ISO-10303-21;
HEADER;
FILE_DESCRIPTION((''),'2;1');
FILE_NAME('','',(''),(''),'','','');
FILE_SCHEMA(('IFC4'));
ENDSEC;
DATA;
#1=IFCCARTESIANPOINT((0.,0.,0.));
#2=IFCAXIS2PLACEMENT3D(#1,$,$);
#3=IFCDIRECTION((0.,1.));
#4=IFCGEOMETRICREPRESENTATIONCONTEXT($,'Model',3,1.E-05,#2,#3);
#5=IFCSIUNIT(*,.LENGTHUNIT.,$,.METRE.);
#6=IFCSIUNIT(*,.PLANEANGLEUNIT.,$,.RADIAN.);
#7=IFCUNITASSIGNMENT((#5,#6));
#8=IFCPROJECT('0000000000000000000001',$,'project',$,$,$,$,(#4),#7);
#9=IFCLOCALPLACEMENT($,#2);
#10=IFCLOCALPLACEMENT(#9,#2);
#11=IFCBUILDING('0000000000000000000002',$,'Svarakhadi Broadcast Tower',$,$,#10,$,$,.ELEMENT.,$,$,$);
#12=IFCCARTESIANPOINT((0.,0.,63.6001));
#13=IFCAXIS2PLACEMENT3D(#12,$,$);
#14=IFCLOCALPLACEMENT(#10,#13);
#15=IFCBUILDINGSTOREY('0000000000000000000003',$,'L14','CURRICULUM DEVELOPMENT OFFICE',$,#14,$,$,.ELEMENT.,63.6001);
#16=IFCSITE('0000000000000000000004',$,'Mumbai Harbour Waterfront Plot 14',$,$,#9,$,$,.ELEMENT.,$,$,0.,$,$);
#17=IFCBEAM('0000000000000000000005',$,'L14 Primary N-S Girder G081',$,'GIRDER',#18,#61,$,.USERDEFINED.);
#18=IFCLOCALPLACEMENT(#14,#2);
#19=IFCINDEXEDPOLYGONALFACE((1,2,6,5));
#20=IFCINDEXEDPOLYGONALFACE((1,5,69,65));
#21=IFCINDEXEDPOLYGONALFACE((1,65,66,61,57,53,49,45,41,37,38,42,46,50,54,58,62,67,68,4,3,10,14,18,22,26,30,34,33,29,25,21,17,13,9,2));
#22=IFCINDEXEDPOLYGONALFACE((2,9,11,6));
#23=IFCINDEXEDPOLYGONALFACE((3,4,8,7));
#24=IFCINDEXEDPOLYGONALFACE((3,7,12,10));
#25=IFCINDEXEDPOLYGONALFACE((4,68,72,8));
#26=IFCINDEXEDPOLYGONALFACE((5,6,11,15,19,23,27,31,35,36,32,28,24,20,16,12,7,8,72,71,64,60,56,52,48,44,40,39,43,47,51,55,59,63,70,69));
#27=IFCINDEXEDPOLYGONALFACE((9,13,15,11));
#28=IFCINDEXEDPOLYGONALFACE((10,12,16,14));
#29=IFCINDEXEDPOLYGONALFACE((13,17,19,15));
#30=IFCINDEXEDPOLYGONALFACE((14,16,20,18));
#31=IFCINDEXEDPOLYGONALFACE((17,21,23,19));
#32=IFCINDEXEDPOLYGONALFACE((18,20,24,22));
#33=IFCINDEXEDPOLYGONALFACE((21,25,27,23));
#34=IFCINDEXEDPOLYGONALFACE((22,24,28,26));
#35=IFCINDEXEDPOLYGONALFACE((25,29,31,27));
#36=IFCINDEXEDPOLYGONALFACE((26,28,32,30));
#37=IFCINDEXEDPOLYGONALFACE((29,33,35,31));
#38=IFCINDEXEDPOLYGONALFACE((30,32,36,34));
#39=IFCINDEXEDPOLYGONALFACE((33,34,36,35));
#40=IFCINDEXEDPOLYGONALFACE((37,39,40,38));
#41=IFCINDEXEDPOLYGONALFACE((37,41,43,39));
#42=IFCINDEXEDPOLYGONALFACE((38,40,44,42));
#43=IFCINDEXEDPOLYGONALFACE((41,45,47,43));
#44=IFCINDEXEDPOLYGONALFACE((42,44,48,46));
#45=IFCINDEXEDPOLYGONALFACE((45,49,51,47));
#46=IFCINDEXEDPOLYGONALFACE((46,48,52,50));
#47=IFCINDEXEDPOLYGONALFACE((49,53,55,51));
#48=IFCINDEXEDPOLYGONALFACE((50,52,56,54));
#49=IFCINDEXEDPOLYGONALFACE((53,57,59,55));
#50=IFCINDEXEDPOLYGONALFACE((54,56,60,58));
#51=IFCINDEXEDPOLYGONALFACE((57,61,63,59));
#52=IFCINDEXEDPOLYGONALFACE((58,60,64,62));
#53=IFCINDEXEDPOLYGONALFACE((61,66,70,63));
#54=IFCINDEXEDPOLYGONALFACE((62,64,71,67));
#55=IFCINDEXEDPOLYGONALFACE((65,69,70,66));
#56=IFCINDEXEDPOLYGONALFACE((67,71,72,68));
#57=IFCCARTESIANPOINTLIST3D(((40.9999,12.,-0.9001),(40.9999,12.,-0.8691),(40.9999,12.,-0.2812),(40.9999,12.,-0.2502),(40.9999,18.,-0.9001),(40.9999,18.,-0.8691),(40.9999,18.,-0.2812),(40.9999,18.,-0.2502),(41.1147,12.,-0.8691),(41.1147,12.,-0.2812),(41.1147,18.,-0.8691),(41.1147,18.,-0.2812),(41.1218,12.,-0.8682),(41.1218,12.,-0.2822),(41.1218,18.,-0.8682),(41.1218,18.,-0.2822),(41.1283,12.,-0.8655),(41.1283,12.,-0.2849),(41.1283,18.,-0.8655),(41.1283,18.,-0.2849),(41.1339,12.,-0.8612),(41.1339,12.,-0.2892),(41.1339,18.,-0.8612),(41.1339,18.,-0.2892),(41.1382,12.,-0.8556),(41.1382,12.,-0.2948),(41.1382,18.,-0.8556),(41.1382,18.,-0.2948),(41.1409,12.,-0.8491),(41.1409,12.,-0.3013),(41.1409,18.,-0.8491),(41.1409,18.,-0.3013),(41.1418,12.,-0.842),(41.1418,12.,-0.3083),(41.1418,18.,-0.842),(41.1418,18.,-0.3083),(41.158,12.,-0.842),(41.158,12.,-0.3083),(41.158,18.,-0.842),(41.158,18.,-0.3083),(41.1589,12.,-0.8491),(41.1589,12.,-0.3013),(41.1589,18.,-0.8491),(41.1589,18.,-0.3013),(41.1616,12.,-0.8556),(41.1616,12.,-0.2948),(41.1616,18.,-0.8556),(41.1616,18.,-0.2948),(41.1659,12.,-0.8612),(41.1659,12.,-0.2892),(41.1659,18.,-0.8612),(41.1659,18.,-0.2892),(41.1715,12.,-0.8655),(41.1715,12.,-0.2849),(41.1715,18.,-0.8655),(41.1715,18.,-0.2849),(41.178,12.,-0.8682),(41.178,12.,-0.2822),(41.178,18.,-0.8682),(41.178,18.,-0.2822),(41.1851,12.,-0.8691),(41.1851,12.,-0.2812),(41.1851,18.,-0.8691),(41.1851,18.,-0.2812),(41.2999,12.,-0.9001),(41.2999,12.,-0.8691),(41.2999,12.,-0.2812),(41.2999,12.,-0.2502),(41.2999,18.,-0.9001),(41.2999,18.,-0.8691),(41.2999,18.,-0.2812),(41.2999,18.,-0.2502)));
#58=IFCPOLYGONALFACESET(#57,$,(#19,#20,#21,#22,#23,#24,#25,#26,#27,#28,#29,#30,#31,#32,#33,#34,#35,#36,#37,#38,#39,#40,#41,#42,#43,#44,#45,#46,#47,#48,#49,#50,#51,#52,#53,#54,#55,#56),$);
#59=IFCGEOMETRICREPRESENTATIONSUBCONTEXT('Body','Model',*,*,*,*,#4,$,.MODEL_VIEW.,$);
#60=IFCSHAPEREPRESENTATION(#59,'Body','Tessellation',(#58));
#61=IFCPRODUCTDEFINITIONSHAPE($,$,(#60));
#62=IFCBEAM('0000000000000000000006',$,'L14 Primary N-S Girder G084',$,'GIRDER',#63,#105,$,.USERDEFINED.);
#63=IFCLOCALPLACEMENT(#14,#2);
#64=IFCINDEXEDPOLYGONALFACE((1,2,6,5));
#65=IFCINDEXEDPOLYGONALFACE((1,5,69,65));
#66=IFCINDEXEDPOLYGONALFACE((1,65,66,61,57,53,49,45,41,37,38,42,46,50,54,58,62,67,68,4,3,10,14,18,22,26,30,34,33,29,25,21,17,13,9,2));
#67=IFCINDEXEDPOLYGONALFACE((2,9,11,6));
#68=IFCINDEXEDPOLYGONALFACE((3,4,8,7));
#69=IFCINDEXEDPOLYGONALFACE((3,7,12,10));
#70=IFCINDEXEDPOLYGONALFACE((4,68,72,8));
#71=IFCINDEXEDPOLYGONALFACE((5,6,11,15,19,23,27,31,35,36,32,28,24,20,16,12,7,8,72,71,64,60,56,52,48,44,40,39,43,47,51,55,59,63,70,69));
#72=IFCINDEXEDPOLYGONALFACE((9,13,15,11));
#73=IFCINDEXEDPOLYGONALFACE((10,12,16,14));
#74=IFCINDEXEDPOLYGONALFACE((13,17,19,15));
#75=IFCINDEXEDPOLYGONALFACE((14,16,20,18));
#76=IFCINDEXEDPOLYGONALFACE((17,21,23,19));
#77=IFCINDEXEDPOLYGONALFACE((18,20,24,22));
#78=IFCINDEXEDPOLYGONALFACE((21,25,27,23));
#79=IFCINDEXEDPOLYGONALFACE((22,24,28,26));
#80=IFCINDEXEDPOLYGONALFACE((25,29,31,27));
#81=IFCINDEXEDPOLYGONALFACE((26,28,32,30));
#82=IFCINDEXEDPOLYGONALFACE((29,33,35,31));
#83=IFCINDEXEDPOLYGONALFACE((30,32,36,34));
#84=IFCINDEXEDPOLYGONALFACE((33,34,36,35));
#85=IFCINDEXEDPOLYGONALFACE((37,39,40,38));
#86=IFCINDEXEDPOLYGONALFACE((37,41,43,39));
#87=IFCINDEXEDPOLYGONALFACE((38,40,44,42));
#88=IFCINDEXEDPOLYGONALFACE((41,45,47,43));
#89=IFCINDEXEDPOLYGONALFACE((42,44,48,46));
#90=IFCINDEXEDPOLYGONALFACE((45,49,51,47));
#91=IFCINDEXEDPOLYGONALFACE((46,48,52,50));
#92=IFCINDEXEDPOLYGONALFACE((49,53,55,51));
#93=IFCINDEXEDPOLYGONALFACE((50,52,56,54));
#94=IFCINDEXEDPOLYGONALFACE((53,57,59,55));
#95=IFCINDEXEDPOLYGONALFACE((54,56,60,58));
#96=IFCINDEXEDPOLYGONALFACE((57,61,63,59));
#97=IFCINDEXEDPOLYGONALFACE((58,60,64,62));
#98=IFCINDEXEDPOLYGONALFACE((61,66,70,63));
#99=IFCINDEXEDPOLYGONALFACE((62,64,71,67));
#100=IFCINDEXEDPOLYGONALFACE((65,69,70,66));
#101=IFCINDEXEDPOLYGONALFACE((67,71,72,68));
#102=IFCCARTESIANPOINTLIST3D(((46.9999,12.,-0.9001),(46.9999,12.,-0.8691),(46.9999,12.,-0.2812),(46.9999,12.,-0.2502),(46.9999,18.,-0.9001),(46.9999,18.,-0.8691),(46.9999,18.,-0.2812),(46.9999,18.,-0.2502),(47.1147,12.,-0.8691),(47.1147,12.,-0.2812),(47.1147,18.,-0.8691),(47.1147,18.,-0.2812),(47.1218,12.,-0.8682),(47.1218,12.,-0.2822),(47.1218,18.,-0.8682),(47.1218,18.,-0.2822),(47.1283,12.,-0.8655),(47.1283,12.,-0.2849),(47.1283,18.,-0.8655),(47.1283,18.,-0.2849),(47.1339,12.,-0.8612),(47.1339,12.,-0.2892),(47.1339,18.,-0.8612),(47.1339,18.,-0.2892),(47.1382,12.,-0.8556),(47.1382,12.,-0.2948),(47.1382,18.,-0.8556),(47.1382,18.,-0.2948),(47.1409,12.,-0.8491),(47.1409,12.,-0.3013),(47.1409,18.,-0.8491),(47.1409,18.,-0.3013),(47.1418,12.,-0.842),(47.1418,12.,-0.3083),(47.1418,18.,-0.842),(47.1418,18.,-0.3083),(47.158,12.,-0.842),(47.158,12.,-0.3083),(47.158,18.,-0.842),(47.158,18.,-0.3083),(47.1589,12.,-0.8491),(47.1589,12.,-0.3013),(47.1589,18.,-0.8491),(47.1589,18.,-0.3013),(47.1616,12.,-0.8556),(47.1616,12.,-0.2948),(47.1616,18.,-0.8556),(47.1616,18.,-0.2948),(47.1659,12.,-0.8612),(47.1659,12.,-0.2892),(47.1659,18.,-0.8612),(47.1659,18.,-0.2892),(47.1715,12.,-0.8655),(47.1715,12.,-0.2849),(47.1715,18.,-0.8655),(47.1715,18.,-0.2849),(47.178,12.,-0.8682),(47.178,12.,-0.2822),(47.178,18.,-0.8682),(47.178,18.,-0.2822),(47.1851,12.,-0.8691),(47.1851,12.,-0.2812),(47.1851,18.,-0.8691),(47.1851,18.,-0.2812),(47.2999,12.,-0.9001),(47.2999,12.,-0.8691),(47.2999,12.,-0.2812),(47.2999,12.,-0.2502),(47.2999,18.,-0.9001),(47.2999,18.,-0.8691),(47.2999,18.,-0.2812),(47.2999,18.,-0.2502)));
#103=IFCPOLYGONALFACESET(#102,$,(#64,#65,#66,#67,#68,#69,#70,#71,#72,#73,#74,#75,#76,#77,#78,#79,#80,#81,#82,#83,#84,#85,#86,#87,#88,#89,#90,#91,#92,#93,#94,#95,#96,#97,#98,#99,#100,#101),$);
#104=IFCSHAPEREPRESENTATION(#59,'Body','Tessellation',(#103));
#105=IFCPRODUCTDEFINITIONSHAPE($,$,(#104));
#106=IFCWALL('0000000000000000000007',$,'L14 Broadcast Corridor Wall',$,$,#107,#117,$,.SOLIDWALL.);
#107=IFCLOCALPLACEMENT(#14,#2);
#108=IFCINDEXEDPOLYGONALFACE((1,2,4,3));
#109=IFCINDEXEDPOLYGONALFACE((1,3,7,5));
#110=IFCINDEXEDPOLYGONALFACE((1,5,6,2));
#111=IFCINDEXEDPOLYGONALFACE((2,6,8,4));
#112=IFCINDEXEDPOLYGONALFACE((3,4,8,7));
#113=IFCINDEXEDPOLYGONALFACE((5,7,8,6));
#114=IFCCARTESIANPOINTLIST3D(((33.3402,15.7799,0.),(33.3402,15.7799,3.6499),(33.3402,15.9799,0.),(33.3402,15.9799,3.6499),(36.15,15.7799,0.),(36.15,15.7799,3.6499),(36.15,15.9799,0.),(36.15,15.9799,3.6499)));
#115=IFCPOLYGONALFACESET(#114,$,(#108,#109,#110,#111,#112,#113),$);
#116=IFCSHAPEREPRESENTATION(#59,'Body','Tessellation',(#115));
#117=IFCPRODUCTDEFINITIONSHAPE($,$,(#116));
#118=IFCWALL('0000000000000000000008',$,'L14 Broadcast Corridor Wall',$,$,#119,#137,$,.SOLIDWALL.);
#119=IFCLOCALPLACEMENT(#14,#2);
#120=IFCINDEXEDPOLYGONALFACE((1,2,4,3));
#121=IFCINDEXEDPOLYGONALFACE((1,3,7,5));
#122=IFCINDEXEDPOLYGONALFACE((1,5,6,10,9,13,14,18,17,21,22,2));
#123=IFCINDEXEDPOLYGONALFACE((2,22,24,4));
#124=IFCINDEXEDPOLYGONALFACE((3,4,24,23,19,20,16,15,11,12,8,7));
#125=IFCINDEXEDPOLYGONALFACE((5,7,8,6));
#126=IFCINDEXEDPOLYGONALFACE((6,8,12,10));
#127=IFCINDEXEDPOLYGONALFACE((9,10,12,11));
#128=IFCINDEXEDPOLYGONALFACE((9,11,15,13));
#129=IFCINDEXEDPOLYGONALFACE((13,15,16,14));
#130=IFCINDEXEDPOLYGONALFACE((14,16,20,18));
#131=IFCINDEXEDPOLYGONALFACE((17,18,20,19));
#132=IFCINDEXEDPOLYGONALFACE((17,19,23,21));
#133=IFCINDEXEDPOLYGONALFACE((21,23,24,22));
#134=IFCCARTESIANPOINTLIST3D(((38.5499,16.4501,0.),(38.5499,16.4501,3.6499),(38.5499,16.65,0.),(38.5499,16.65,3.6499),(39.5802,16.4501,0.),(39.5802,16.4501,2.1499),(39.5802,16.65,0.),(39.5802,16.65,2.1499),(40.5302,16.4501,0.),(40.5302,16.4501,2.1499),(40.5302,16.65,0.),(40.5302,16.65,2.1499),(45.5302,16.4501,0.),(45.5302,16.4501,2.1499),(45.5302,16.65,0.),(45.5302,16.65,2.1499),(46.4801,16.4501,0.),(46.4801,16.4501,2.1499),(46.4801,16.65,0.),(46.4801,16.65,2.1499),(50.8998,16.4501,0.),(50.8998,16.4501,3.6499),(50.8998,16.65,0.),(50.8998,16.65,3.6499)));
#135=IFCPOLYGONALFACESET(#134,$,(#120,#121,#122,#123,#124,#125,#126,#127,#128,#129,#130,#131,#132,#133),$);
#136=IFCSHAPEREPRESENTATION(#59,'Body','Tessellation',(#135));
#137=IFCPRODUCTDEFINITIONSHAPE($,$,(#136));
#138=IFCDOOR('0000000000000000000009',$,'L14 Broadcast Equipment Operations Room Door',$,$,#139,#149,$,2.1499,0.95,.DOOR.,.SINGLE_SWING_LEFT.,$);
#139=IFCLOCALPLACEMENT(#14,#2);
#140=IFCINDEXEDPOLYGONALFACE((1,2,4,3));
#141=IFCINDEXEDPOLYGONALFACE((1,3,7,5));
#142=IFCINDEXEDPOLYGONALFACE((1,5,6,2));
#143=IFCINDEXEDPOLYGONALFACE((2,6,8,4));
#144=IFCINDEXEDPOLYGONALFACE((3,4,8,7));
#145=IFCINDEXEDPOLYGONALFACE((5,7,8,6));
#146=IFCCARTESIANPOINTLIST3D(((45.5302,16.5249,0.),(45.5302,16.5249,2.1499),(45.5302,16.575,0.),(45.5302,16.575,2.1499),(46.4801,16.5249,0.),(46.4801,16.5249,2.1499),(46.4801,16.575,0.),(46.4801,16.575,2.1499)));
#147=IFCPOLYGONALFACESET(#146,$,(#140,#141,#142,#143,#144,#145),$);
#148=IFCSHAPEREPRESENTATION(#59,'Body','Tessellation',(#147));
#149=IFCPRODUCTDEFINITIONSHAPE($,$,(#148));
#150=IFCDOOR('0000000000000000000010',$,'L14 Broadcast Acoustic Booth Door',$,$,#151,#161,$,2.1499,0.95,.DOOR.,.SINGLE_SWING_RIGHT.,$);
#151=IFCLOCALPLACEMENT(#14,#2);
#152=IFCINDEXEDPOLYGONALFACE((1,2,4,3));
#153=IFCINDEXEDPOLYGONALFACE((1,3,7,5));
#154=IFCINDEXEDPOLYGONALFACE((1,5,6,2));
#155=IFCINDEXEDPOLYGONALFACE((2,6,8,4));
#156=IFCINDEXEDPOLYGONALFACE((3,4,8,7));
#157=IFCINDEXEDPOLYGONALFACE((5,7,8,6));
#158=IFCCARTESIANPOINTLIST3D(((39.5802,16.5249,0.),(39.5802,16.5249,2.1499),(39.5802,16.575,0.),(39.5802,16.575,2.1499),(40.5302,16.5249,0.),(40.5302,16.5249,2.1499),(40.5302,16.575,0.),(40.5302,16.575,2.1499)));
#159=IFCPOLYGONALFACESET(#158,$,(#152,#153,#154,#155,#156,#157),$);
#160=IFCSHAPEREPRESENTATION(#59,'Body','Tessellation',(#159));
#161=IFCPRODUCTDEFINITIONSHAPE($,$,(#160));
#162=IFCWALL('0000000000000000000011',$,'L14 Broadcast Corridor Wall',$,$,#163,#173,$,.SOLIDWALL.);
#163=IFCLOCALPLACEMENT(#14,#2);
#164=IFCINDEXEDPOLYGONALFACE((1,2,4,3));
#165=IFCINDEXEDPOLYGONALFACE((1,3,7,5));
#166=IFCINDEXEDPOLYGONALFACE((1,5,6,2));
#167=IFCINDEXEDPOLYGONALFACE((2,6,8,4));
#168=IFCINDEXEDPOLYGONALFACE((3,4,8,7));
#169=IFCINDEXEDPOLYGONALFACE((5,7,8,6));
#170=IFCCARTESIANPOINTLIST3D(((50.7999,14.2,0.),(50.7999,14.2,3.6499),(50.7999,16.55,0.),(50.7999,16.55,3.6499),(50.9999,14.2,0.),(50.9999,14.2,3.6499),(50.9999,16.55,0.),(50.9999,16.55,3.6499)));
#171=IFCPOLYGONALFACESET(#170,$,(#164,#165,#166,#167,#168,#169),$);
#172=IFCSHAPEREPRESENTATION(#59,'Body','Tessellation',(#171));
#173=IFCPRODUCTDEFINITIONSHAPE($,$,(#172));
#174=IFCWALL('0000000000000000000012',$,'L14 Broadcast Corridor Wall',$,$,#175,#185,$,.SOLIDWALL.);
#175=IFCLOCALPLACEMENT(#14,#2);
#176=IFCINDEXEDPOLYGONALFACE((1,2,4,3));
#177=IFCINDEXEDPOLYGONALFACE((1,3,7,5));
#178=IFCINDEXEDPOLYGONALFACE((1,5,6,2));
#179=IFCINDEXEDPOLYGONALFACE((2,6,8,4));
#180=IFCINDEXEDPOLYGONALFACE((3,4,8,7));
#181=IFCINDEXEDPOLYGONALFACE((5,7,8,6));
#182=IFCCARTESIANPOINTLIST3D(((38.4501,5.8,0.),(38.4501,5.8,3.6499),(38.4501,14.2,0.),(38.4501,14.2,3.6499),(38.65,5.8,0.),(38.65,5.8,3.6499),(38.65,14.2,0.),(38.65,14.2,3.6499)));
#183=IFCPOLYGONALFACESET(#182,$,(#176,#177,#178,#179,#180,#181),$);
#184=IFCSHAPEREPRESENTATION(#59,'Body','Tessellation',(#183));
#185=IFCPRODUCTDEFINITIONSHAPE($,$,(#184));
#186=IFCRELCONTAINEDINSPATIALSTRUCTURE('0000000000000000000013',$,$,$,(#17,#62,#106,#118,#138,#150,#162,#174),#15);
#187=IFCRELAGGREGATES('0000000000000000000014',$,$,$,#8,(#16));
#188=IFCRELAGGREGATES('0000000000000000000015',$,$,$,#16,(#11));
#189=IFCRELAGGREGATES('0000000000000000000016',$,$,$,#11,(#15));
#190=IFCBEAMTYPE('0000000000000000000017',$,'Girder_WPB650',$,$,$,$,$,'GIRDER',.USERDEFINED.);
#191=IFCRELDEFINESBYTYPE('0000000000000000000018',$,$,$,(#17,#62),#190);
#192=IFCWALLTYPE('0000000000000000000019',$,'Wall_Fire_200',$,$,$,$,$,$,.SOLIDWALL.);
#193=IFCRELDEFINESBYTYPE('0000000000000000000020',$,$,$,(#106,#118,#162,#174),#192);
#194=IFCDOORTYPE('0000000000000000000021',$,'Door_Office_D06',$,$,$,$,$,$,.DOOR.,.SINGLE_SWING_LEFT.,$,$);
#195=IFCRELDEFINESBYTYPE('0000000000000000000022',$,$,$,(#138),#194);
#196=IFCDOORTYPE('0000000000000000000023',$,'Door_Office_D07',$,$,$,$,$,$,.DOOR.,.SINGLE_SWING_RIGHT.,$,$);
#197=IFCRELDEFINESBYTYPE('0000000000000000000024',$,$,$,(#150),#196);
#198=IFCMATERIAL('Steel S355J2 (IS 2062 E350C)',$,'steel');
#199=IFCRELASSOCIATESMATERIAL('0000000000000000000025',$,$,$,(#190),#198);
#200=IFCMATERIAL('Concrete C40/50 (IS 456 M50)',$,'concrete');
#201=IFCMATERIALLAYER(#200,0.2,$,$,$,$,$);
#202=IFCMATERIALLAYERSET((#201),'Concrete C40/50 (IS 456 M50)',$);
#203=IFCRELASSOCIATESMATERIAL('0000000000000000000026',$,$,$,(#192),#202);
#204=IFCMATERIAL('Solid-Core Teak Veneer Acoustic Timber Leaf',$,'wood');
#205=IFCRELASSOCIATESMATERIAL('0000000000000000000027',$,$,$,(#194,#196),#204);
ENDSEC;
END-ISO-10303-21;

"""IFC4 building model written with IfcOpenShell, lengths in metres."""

from ifc_helpers import new_model, si_unit, direction, frame, frame_2d, origin, origin_2d, place, context, subcontext, project, spatial, rectangle, i_section, extrude, material, layer, layer_set, material_profile, profile_set, type_object, element, fill, save


model = new_model("IFC4")

# Units and contexts
model_context = context("Model", 3, precision=1e-05, world=origin(), true_north=direction((0.0, 1.0)))
body_context = subcontext(model_context, "Body", "Model", "MODEL_VIEW")
ifc_project = project(units=[si_unit("LENGTHUNIT", "METRE"), si_unit("PLANEANGLEUNIT", "RADIAN")], contexts=[model_context])

# Site, building, storey
site_placement = place(None, origin())
site = spatial("IfcSite", under=ifc_project, at=site_placement, Name="Mumbai Harbour Waterfront Plot 14", CompositionType="ELEMENT", RefElevation=0.0)
building_placement = place(site_placement, origin())
building = spatial("IfcBuilding", under=site, at=building_placement, Name="Svarakhadi Broadcast Tower", CompositionType="ELEMENT")
storey_placement = place(building_placement, frame((0.0, 0.0, 63.6001)))
storey = spatial("IfcBuildingStorey", under=building, at=storey_placement, Name="L14", Description="CURRICULUM DEVELOPMENT OFFICE", CompositionType="ELEMENT", Elevation=63.6001)

# Beams
ifc_material_1 = material(Name="Steel S355J2 (IS 2062 E350C)", Category="steel")
ifc_material_profile_1 = material_profile(ifc_material_1, i_section(OverallWidth=0.3, OverallDepth=0.6499, WebThickness=0.0161, FlangeThickness=0.031, FilletRadius=0.0271, at=origin_2d()), Name="WPB 650x300x225")
ifc_profile_set_1 = profile_set([ifc_material_profile_1], Name="Steel S355J2 (IS 2062 E350C)")
beam_type_1 = type_object("IfcBeamType", Name="Girder_WPB650", ElementType="GIRDER", PredefinedType="USERDEFINED", material=ifc_profile_set_1)
for number, where, z_axis, x_axis, name in (
    (1, (41.1499, 12.0, -0.5752), (0.0, 1.0, 0.0), (-1.0, 0.0, 0.0), "L14 Primary N-S Girder G081"),
    (2, (47.1499, 12.0, -0.5752), (0.0, 1.0, 0.0), (-1.0, 0.0, 0.0), "L14 Primary N-S Girder G084"),
):
    element("IfcBeam", number, at=place(storey_placement, frame(where, z_axis=z_axis, x_axis=x_axis)), inside=storey, type_object=beam_type_1, Name=name, ObjectType="GIRDER", PredefinedType="USERDEFINED", context=body_context, shape_type="SweptSolid", body=[
        extrude(i_section(OverallWidth=0.3, OverallDepth=0.6499, WebThickness=0.0161, FlangeThickness=0.031, FilletRadius=0.0271, at=origin_2d()), origin(), (0.0, 0.0, 1.0), 6.0),
    ])

# Wall
ifc_material_2 = material(Name="Concrete C40/50 (IS 456 M50)", Category="concrete")
ifc_layer_1 = layer(ifc_material_2, 0.2)
ifc_layer_set_1 = layer_set([ifc_layer_1], Name="Concrete C40/50 (IS 456 M50)")
wall_type_1 = type_object("IfcWallType", Name="Wall_Fire_200", PredefinedType="SOLIDWALL", material=ifc_layer_set_1)
wall_1_placement = place(storey_placement, frame((36.1499, 15.8799, 0.0), z_axis=(0.0, 0.0, 1.0), x_axis=(-1.0, 0.0, 0.0)))
element("IfcWall", 3, at=wall_1_placement, inside=storey, type_object=wall_type_1, Name="L14 Broadcast Corridor Wall", PredefinedType="SOLIDWALL", context=body_context, shape_type="SweptSolid", body=[
    extrude(rectangle(XDim=2.8098, YDim=0.2, at=frame_2d((1.4048, 0.0))), origin(), (0.0, 0.0, 1.0), 3.6499),
])

# Wall, openings, doors
wall_2_placement = place(storey_placement, frame((38.55, 16.55, 0.0), z_axis=(0.0, 0.0, 1.0), x_axis=(1.0, 0.0, 0.0)))
wall_2 = element("IfcWall", 4, at=wall_2_placement, inside=storey, type_object=wall_type_1, Name="L14 Broadcast Corridor Wall", PredefinedType="SOLIDWALL", context=body_context, shape_type="SweptSolid", body=[
    extrude(rectangle(XDim=12.3499, YDim=0.2, at=frame_2d((6.1748, 0.0))), origin(), (0.0, 0.0, 1.0), 3.6499),
])
opening_1_placement = place(wall_2_placement, frame((1.03, 0.0, 0.0)))
opening_1 = element("IfcOpeningElement", 5, at=opening_1_placement, cuts=wall_2, PredefinedType="OPENING", context=body_context, shape_type="SweptSolid", body=[
    extrude(rectangle(XDim=0.95, YDim=2.1499, at=frame_2d((0.4751, 1.075))), frame((0.0, 0.1099, 0.0), z_axis=(0.0, -1.0, 0.0), x_axis=(1.0, 0.0, 0.0)), (0.0, 0.0, 1.0), 0.22),
])
opening_2_placement = place(wall_2_placement, frame((6.98, 0.0, 0.0)))
opening_2 = element("IfcOpeningElement", 6, at=opening_2_placement, cuts=wall_2, PredefinedType="OPENING", context=body_context, shape_type="SweptSolid", body=[
    extrude(rectangle(XDim=0.95, YDim=2.1499, at=frame_2d((0.4751, 1.075))), frame((0.0, 0.1099, 0.0), z_axis=(0.0, -1.0, 0.0), x_axis=(1.0, 0.0, 0.0)), (0.0, 0.0, 1.0), 0.22),
])
ifc_material_3 = material(Name="Solid-Core Teak Veneer Acoustic Timber Leaf", Category="wood")
door_type_1 = type_object("IfcDoorType", Name="Door_Office_D06", OperationType="SINGLE_SWING_LEFT", PredefinedType="DOOR", material=ifc_material_3)
door_1_placement = place(opening_2_placement, origin())
door_1 = element("IfcDoor", 7, at=door_1_placement, inside=storey, type_object=door_type_1, Name="L14 Broadcast Equipment Operations Room Door", OperationType="SINGLE_SWING_LEFT", OverallHeight=2.1499, OverallWidth=0.95, PredefinedType="DOOR", context=body_context, shape_type="SweptSolid", body=[
    extrude(rectangle(XDim=0.95, YDim=2.1499, at=frame_2d((0.4751, 1.075))), frame((0.0, 0.0249, 0.0), z_axis=(0.0, -1.0, 0.0), x_axis=(1.0, 0.0, 0.0)), (0.0, 0.0, 1.0), 0.05),
])
fill(opening_2, door_1)
door_type_2 = type_object("IfcDoorType", Name="Door_Office_D07", OperationType="SINGLE_SWING_RIGHT", PredefinedType="DOOR", material=ifc_material_3)
door_2_placement = place(opening_1_placement, origin())
door_2 = element("IfcDoor", 8, at=door_2_placement, inside=storey, type_object=door_type_2, Name="L14 Broadcast Acoustic Booth Door", OperationType="SINGLE_SWING_RIGHT", OverallHeight=2.1499, OverallWidth=0.95, PredefinedType="DOOR", context=body_context, shape_type="SweptSolid", body=[
    extrude(rectangle(XDim=0.95, YDim=2.1499, at=frame_2d((0.4751, 1.075))), frame((0.0, 0.0249, 0.0), z_axis=(0.0, -1.0, 0.0), x_axis=(1.0, 0.0, 0.0)), (0.0, 0.0, 1.0), 0.05),
])
fill(opening_1, door_2)

# Wall
wall_3_placement = place(storey_placement, frame((50.8999, 16.55, 0.0), z_axis=(0.0, 0.0, 1.0), x_axis=(0.0, -1.0, 0.0)))
element("IfcWall", 9, at=wall_3_placement, inside=storey, type_object=wall_type_1, Name="L14 Broadcast Corridor Wall", PredefinedType="SOLIDWALL", context=body_context, shape_type="SweptSolid", body=[
    extrude(rectangle(XDim=2.3501, YDim=0.2, at=frame_2d((1.175, 0.0))), origin(), (0.0, 0.0, 1.0), 3.6499),
])

# Wall
wall_4_placement = place(storey_placement, frame((38.55, 14.2, 0.0), z_axis=(0.0, 0.0, 1.0), x_axis=(0.0, -1.0, 0.0)))
element("IfcWall", 10, at=wall_4_placement, inside=storey, type_object=wall_type_1, Name="L14 Broadcast Corridor Wall", PredefinedType="SOLIDWALL", context=body_context, shape_type="SweptSolid", body=[
    extrude(rectangle(XDim=8.3999, YDim=0.2, at=frame_2d((4.2, 0.0))), origin(), (0.0, 0.0, 1.0), 3.6499),
])

save(model, "model.ifc")
